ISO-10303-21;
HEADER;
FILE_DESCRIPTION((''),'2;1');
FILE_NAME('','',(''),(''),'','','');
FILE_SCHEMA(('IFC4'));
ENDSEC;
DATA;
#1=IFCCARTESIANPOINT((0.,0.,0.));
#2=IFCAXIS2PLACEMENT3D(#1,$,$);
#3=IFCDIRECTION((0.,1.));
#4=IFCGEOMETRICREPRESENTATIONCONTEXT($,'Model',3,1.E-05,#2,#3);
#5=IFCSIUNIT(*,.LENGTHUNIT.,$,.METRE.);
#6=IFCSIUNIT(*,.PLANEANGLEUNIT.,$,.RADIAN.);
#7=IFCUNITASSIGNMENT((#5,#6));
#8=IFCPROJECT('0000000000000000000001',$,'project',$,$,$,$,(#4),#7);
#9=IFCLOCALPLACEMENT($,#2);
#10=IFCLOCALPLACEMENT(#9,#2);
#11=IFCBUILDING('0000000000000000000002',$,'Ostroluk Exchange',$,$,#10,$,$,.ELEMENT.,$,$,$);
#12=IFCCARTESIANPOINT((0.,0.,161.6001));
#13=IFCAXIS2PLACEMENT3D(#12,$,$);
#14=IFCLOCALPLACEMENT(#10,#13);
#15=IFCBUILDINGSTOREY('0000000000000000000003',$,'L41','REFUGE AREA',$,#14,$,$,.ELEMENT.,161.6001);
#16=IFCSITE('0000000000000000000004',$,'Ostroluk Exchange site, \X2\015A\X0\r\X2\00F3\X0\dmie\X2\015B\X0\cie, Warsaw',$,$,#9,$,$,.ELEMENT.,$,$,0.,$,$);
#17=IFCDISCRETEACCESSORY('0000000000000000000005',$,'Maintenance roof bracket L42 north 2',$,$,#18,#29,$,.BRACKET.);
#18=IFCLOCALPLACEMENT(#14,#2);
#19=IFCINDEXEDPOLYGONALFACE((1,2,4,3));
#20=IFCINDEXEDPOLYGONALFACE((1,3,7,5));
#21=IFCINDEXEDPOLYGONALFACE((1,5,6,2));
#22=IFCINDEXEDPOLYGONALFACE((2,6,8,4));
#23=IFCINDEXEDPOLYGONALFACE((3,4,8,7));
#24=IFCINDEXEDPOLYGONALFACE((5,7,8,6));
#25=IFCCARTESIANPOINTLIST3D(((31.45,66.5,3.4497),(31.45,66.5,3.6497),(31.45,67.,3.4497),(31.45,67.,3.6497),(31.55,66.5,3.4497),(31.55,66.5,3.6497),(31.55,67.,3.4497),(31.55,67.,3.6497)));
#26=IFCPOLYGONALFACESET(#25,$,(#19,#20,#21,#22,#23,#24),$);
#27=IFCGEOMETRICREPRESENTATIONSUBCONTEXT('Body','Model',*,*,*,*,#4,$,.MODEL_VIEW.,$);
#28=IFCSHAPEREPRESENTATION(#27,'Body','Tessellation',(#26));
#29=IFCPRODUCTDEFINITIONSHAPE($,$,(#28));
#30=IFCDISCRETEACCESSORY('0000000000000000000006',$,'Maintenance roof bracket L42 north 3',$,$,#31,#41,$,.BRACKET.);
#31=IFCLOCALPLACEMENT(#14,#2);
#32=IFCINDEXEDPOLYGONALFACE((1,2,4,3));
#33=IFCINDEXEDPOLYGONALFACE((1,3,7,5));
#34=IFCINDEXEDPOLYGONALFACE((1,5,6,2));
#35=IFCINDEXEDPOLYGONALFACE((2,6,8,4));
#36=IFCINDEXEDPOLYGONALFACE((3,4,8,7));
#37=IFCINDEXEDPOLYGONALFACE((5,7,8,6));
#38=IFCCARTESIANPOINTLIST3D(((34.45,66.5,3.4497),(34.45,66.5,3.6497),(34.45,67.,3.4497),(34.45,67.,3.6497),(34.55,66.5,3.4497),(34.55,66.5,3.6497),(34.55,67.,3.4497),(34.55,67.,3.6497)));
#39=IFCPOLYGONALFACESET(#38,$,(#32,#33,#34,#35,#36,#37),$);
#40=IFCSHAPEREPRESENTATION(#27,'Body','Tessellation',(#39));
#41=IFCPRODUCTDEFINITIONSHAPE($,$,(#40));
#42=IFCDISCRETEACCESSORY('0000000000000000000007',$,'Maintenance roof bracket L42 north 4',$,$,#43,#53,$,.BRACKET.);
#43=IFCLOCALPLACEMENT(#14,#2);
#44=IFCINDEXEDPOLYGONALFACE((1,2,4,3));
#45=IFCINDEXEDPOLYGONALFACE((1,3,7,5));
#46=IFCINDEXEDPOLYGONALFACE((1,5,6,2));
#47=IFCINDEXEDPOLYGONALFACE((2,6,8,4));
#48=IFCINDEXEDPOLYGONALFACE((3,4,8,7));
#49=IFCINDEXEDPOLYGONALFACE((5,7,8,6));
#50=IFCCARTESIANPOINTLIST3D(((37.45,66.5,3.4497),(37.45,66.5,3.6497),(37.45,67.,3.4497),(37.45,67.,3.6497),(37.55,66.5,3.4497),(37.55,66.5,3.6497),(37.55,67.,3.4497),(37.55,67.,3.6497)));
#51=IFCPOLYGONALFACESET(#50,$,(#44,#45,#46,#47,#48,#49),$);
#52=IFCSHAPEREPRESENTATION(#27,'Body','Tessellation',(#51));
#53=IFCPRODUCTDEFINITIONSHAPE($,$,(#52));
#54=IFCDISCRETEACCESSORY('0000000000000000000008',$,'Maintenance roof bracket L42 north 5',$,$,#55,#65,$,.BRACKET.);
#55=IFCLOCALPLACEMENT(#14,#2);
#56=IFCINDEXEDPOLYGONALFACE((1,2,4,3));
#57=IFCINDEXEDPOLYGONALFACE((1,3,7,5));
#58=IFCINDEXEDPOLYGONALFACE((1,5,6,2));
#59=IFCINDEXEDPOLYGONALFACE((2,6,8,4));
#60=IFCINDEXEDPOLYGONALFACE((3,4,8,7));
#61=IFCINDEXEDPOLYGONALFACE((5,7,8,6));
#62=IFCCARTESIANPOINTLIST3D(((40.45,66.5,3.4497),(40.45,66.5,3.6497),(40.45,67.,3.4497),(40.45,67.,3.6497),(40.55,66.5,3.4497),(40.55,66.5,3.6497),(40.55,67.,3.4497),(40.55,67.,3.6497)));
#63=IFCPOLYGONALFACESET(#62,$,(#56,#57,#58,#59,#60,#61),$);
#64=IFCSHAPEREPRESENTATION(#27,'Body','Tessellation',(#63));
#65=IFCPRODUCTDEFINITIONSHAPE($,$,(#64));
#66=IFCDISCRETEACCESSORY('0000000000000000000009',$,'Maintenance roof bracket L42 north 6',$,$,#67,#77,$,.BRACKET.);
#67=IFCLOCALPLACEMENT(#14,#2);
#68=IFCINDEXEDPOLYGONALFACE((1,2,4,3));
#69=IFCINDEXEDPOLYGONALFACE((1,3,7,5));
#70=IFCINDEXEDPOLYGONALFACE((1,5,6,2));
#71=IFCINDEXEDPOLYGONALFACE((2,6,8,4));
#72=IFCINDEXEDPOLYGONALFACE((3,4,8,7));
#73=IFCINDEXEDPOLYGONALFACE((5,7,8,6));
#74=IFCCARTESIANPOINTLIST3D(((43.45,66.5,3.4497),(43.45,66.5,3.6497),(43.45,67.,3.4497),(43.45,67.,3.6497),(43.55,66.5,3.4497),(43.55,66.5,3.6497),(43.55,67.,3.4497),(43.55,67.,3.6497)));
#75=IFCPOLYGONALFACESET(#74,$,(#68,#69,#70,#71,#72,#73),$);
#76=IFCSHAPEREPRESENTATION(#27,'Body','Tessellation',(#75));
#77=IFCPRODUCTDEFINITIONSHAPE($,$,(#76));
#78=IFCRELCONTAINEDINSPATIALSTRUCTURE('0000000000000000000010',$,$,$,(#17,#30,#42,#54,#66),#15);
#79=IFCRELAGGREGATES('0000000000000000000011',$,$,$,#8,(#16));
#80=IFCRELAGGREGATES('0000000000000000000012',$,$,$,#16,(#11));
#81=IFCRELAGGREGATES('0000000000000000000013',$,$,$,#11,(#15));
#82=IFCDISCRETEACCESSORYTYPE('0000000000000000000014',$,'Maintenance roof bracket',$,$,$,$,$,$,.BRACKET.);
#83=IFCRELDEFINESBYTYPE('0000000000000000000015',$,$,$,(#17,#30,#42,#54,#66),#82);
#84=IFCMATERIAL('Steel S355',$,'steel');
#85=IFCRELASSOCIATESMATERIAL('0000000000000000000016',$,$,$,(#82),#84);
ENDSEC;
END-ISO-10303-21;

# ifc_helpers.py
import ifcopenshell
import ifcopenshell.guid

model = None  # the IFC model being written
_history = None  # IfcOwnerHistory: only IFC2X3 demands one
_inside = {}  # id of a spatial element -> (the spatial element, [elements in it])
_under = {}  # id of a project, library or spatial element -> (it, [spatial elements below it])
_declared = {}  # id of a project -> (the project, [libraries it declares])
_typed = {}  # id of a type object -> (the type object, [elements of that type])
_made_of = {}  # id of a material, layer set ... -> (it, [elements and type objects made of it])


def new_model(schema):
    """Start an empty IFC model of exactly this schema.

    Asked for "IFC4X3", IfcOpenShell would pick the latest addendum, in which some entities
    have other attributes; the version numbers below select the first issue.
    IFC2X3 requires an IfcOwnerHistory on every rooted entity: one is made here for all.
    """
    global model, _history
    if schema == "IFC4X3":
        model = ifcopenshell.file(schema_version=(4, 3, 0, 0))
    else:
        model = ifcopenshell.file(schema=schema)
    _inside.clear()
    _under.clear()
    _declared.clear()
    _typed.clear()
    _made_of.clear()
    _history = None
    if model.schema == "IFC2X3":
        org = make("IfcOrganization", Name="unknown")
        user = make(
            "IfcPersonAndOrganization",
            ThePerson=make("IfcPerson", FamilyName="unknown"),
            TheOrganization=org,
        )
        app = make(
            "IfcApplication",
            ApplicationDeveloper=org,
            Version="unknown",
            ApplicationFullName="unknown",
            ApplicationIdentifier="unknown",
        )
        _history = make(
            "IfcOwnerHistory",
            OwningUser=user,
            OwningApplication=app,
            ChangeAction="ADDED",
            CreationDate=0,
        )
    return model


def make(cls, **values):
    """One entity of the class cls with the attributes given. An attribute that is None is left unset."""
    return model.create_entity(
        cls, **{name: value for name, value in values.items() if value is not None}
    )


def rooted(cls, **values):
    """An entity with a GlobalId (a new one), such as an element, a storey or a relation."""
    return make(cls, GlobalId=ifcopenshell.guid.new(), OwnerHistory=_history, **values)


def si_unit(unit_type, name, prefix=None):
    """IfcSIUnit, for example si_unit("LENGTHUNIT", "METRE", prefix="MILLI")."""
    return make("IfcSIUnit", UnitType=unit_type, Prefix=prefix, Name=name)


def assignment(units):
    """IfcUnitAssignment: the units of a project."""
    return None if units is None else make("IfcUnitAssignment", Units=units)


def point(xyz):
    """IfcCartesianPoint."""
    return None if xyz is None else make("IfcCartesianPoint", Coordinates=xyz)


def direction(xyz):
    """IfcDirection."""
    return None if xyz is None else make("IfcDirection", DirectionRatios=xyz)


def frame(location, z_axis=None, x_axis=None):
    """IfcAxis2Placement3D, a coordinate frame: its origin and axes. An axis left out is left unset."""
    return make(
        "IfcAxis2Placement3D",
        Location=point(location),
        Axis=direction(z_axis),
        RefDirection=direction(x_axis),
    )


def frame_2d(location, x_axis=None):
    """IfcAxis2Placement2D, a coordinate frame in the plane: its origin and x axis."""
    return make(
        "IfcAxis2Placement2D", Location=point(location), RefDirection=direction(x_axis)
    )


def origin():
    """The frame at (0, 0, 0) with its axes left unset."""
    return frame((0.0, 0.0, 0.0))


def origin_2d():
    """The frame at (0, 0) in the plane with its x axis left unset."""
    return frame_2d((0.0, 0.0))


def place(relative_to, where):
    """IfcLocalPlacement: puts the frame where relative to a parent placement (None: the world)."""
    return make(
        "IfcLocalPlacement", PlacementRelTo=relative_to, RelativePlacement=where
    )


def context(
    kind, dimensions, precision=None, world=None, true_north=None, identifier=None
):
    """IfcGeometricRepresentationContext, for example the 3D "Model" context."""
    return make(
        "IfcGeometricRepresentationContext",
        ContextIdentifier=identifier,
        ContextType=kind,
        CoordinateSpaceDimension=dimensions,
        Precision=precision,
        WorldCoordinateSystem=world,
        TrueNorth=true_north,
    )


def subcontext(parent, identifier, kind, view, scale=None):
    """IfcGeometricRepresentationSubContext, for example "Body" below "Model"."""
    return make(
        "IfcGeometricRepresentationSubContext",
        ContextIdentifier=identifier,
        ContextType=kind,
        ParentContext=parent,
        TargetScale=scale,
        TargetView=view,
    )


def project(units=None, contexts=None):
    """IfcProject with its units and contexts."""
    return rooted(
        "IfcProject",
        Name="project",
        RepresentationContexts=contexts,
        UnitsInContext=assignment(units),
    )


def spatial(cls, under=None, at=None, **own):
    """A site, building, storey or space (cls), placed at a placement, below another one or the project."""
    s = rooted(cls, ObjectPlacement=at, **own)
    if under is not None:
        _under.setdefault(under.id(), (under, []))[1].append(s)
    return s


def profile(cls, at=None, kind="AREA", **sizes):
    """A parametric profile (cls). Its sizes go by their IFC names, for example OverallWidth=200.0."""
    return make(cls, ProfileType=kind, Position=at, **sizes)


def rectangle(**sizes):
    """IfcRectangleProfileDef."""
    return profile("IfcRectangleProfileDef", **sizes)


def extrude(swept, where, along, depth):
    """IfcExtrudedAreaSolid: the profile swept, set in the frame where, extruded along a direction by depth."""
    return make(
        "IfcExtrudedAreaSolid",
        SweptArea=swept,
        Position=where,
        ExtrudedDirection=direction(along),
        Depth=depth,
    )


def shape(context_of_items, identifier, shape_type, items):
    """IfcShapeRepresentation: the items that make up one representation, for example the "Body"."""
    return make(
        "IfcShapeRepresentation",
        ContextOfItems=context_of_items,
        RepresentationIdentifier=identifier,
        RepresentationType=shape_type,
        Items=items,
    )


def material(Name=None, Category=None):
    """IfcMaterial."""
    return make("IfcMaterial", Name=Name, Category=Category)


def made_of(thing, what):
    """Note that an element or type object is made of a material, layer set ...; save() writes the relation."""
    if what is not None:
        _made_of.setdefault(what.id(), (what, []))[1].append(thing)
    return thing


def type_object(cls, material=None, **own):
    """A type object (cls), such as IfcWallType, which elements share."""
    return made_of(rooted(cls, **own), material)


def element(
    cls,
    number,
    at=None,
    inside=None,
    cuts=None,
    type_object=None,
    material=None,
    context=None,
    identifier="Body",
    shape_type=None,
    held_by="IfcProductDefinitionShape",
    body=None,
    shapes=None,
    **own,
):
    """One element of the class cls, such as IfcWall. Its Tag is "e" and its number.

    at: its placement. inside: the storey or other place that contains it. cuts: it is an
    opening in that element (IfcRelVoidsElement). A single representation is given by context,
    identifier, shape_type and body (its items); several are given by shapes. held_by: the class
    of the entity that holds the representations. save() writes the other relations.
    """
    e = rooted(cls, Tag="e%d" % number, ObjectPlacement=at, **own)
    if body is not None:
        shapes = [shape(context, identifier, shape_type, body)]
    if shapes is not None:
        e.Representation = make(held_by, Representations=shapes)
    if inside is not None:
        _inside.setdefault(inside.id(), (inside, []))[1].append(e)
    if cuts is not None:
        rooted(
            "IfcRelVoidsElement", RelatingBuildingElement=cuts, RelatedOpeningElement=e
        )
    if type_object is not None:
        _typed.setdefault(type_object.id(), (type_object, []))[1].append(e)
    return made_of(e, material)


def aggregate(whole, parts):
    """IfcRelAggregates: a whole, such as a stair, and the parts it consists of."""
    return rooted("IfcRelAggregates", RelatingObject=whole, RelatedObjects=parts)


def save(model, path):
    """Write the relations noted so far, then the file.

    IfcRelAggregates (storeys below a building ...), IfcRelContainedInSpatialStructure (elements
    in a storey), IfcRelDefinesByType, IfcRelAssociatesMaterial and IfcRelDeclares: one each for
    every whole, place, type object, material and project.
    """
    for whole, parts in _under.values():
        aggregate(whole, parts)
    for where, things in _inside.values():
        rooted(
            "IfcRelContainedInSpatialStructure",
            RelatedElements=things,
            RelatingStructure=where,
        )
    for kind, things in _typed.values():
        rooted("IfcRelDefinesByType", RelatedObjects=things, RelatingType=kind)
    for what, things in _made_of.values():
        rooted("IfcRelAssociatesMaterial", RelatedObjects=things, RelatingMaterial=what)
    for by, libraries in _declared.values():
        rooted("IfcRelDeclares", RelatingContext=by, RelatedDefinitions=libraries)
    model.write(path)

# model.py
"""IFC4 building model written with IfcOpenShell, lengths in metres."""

from ifc_helpers import new_model, si_unit, direction, frame, origin, origin_2d, place, context, subcontext, project, spatial, rectangle, extrude, material, type_object, element, save


model = new_model("IFC4")

# Units and contexts
model_context = context("Model", 3, precision=1e-05, world=origin(), true_north=direction((0.0, 1.0)))
body_context = subcontext(model_context, "Body", "Model", "MODEL_VIEW")
ifc_project = project(units=[si_unit("LENGTHUNIT", "METRE"), si_unit("PLANEANGLEUNIT", "RADIAN")], contexts=[model_context])

# Site, building, storey
site_placement = place(None, origin())
site = spatial("IfcSite", under=ifc_project, at=site_placement, Name="Ostroluk Exchange site, Śródmieście, Warsaw", CompositionType="ELEMENT", RefElevation=0.0)
building_placement = place(site_placement, origin())
building = spatial("IfcBuilding", under=site, at=building_placement, Name="Ostroluk Exchange", CompositionType="ELEMENT")
storey_placement = place(building_placement, frame((0.0, 0.0, 161.6001)))
storey = spatial("IfcBuildingStorey", under=building, at=storey_placement, Name="L41", Description="REFUGE AREA", CompositionType="ELEMENT", Elevation=161.6001)

# Discrete accessories
ifc_material_1 = material(Name="Steel S355", Category="steel")
discrete_accessory_type = type_object("IfcDiscreteAccessoryType", Name="Maintenance roof bracket", PredefinedType="BRACKET", material=ifc_material_1)
for number, where, z_axis, x_axis, name in (
    (1, (31.5, 66.75, 3.4497), (0.0, 0.0, 1.0), (1.0, 0.0, 0.0), "Maintenance roof bracket L42 north 2"),
    (2, (34.5, 66.75, 3.4497), (0.0, 0.0, 1.0), (1.0, 0.0, 0.0), "Maintenance roof bracket L42 north 3"),
    (3, (37.5, 66.75, 3.4497), (0.0, 0.0, 1.0), (1.0, 0.0, 0.0), "Maintenance roof bracket L42 north 4"),
    (4, (40.5, 66.75, 3.4497), (0.0, 0.0, 1.0), (1.0, 0.0, 0.0), "Maintenance roof bracket L42 north 5"),
    (5, (43.5, 66.75, 3.4497), (0.0, 0.0, 1.0), (1.0, 0.0, 0.0), "Maintenance roof bracket L42 north 6"),
):
    element("IfcDiscreteAccessory", number, at=place(storey_placement, frame(where, z_axis=z_axis, x_axis=x_axis)), inside=storey, type_object=discrete_accessory_type, Name=name, PredefinedType="BRACKET", context=body_context, shape_type="SweptSolid", body=[
        extrude(rectangle(XDim=0.1001, YDim=0.5, at=origin_2d()), origin(), (0.0, 0.0, 1.0), 0.2),
    ])

save(model, "model.ifc")
